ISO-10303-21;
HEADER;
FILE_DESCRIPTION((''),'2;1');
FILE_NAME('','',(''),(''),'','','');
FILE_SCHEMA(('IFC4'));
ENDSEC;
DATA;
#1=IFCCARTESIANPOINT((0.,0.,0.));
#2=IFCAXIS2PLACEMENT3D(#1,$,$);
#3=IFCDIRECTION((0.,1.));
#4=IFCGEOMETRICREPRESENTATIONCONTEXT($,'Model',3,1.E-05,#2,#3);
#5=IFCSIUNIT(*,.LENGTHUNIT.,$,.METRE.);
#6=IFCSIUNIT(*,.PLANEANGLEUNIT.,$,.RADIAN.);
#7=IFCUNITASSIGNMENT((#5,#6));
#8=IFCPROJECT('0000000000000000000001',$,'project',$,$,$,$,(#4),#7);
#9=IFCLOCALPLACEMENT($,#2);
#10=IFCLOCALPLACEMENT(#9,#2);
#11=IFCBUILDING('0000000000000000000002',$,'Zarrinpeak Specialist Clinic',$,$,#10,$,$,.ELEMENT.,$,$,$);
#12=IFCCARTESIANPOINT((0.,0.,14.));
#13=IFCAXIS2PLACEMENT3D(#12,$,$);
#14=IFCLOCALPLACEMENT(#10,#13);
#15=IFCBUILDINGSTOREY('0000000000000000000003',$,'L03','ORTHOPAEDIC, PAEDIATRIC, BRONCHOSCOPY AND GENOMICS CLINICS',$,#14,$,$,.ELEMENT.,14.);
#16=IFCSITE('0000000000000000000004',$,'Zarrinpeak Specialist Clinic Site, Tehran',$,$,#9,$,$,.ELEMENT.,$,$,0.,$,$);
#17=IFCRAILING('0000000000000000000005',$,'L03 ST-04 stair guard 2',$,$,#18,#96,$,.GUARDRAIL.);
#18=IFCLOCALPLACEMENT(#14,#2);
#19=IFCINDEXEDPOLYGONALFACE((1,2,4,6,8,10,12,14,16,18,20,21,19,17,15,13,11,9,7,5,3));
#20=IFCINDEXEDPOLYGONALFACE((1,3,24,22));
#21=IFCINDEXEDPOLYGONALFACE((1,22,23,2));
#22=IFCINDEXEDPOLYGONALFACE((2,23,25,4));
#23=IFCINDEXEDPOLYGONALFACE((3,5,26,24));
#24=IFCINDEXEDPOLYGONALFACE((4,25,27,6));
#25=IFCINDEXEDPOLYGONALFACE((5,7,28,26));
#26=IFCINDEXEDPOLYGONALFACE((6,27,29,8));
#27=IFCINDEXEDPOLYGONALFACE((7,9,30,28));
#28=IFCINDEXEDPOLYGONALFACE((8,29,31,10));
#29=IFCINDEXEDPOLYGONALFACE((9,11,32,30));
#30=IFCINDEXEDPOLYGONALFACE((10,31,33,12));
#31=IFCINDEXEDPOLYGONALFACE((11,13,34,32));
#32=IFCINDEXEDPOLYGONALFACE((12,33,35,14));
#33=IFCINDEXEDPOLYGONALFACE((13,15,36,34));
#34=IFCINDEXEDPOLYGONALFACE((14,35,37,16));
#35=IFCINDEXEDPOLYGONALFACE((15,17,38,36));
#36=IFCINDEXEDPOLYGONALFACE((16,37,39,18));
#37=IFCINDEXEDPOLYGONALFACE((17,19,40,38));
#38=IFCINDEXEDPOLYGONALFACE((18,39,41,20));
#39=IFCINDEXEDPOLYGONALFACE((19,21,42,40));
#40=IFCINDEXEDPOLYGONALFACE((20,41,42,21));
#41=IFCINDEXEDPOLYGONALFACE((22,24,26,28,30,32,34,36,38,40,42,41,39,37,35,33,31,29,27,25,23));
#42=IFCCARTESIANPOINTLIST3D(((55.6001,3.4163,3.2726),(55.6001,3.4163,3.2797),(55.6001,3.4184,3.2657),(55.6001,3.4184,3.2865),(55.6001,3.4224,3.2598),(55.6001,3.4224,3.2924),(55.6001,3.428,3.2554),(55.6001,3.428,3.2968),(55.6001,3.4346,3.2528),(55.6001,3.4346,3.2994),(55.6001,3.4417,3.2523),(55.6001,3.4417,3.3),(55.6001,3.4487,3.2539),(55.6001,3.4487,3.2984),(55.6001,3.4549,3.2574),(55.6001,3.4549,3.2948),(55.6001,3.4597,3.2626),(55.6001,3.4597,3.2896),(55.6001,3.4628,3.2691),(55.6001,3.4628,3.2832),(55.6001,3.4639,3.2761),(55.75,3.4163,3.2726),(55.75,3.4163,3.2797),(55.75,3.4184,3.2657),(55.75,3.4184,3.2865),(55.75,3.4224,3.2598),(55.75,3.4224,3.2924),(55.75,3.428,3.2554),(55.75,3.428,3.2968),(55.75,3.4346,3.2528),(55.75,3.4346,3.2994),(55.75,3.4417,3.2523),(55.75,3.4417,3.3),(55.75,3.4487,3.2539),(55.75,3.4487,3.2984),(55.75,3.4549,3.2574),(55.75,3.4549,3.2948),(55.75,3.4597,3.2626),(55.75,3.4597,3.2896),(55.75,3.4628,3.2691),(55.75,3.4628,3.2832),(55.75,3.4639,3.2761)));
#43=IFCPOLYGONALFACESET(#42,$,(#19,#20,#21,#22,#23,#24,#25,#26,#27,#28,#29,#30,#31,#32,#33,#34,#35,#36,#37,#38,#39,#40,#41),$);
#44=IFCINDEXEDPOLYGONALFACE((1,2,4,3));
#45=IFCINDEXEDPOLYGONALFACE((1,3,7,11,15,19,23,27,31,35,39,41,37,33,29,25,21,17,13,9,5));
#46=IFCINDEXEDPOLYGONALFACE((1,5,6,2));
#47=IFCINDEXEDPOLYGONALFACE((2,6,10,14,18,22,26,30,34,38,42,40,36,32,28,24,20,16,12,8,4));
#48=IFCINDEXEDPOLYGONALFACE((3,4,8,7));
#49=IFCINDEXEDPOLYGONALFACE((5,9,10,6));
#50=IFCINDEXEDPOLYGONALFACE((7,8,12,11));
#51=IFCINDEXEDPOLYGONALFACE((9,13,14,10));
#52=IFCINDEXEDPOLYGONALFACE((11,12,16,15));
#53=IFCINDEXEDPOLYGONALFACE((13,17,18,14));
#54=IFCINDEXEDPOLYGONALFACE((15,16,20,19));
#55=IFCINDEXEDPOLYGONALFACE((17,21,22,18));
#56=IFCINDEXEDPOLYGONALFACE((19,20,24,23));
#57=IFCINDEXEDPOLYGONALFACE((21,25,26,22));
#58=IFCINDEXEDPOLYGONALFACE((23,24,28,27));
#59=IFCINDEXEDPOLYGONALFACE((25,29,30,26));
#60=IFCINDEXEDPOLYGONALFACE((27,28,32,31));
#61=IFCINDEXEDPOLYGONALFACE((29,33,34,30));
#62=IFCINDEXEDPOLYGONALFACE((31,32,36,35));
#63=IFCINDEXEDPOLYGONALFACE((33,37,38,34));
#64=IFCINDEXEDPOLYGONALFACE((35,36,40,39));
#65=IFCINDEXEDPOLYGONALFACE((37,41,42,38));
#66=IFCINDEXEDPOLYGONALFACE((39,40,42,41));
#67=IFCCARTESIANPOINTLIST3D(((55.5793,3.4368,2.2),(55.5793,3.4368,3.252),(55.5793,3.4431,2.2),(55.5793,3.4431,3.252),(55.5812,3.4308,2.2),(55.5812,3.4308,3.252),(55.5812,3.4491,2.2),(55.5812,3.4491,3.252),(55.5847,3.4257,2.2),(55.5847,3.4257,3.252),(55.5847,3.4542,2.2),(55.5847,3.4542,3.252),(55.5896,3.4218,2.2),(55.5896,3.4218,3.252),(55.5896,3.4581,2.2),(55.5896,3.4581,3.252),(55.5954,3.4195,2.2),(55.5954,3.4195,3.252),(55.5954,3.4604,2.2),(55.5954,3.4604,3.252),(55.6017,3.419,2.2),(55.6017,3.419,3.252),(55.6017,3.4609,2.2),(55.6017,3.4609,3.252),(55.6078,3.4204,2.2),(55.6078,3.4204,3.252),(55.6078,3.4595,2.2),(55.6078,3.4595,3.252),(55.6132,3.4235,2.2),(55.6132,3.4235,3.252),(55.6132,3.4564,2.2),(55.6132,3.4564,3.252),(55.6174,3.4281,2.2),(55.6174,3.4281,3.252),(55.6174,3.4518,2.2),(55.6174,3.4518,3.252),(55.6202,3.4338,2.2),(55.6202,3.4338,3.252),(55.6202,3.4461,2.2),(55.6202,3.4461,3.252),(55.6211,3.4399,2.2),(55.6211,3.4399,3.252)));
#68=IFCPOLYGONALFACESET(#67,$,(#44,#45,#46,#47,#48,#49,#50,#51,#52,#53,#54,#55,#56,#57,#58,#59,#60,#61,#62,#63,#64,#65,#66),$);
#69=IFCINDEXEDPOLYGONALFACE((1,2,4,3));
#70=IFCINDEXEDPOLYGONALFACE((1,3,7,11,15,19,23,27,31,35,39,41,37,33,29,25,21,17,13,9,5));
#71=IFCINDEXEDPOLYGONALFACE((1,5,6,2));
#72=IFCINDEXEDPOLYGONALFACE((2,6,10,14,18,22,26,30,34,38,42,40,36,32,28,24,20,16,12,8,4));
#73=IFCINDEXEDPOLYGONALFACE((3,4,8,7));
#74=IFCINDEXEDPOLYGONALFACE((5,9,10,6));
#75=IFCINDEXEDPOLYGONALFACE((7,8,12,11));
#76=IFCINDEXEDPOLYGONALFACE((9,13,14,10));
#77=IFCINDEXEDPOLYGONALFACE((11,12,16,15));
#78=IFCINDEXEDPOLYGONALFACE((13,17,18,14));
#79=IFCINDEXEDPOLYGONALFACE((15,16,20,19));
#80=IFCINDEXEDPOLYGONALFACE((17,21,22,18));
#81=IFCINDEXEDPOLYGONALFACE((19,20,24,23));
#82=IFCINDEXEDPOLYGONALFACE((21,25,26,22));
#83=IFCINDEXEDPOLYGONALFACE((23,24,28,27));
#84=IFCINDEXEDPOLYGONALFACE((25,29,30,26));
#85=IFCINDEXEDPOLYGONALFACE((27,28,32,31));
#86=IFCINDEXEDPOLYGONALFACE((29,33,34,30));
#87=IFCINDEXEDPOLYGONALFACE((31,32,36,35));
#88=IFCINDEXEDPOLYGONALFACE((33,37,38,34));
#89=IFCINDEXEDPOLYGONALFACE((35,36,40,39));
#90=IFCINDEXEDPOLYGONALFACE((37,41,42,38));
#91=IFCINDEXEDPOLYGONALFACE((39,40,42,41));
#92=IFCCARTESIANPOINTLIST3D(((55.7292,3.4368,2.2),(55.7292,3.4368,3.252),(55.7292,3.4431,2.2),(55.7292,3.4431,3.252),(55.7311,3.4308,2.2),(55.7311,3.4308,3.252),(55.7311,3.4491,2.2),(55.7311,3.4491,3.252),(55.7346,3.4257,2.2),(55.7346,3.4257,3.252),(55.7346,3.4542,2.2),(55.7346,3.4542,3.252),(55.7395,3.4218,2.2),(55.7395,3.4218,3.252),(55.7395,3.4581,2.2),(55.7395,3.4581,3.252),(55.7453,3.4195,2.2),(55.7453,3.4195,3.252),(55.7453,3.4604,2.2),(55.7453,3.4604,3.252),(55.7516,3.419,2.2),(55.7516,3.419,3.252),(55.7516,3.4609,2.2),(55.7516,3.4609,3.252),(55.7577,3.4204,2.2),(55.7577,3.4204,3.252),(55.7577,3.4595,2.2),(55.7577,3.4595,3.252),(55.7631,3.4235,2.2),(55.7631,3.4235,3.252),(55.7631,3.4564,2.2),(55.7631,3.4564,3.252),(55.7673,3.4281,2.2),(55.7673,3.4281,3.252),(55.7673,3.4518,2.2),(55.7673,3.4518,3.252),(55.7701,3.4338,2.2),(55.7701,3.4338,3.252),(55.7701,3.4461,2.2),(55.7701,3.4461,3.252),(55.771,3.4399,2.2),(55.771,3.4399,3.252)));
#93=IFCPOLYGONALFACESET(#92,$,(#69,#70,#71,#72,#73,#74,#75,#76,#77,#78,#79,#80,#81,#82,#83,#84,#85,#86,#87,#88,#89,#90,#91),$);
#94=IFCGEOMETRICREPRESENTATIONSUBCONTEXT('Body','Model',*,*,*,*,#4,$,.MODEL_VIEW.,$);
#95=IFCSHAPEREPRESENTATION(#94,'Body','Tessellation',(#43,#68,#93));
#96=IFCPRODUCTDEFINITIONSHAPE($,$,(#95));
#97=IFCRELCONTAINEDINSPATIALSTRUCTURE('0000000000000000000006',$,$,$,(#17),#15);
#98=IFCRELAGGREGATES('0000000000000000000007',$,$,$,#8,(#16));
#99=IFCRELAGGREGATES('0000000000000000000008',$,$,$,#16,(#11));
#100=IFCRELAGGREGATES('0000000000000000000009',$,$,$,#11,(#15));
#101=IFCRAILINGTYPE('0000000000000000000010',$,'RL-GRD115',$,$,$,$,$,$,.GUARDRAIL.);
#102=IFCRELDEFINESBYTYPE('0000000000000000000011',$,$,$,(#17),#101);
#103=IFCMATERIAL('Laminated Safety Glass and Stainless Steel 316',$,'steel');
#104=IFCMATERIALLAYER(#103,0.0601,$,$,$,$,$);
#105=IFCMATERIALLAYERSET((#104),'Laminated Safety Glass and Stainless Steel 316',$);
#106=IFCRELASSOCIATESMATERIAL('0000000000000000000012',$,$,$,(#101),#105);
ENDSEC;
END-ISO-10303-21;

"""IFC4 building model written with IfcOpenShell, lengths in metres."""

from ifc_helpers import new_model, si_unit, direction, frame, origin, origin_2d, place, context, subcontext, project, spatial, circle, extrude, material, layer, layer_set, type_object, element, save


model = new_model("IFC4")

# Units and contexts
model_context = context("Model", 3, precision=1e-05, world=origin(), true_north=direction((0.0, 1.0)))
body_context = subcontext(model_context, "Body", "Model", "MODEL_VIEW")
ifc_project = project(units=[si_unit("LENGTHUNIT", "METRE"), si_unit("PLANEANGLEUNIT", "RADIAN")], contexts=[model_context])

# Site, building, storey
site_placement = place(None, origin())
site = spatial("IfcSite", under=ifc_project, at=site_placement, Name="Zarrinpeak Specialist Clinic Site, Tehran", CompositionType="ELEMENT", RefElevation=0.0)
building_placement = place(site_placement, origin())
building = spatial("IfcBuilding", under=site, at=building_placement, Name="Zarrinpeak Specialist Clinic", CompositionType="ELEMENT")
storey_placement = place(building_placement, frame((0.0, 0.0, 14.0)))
storey = spatial("IfcBuildingStorey", under=building, at=storey_placement, Name="L03", Description="ORTHOPAEDIC, PAEDIATRIC, BRONCHOSCOPY AND GENOMICS CLINICS", CompositionType="ELEMENT", Elevation=14.0)

# Railing
ifc_material_1 = material(Name="Laminated Safety Glass and Stainless Steel 316", Category="steel")
ifc_layer_1 = layer(ifc_material_1, 0.0601)
ifc_layer_set_1 = layer_set([ifc_layer_1], Name="Laminated Safety Glass and Stainless Steel 316")
railing_type_1 = type_object("IfcRailingType", Name="RL-GRD115", PredefinedType="GUARDRAIL", material=ifc_layer_set_1)
railing_1_placement = place(storey_placement, frame((55.6001, 3.4399, 2.2)))
element("IfcRailing", 1, at=railing_1_placement, inside=storey, type_object=railing_type_1, Name="L03 ST-04 stair guard 2", PredefinedType="GUARDRAIL", context=body_context, shape_type="SweptSolid", body=[
    extrude(circle(Radius=0.0239, at=origin_2d()), frame((0.0, 0.0, 1.0762), z_axis=(1.0, 0.0, 0.0), x_axis=(0.0, 1.0, 0.0)), (0.0, 0.0, 1.0), 0.1499),
    extrude(circle(Radius=0.021, at=origin_2d()), origin(), (0.0, 0.0, 1.0), 1.052),
    extrude(circle(Radius=0.021, at=origin_2d()), frame((0.1499, 0.0, 0.0)), (0.0, 0.0, 1.0), 1.052),
])

save(model, "model.ifc")
